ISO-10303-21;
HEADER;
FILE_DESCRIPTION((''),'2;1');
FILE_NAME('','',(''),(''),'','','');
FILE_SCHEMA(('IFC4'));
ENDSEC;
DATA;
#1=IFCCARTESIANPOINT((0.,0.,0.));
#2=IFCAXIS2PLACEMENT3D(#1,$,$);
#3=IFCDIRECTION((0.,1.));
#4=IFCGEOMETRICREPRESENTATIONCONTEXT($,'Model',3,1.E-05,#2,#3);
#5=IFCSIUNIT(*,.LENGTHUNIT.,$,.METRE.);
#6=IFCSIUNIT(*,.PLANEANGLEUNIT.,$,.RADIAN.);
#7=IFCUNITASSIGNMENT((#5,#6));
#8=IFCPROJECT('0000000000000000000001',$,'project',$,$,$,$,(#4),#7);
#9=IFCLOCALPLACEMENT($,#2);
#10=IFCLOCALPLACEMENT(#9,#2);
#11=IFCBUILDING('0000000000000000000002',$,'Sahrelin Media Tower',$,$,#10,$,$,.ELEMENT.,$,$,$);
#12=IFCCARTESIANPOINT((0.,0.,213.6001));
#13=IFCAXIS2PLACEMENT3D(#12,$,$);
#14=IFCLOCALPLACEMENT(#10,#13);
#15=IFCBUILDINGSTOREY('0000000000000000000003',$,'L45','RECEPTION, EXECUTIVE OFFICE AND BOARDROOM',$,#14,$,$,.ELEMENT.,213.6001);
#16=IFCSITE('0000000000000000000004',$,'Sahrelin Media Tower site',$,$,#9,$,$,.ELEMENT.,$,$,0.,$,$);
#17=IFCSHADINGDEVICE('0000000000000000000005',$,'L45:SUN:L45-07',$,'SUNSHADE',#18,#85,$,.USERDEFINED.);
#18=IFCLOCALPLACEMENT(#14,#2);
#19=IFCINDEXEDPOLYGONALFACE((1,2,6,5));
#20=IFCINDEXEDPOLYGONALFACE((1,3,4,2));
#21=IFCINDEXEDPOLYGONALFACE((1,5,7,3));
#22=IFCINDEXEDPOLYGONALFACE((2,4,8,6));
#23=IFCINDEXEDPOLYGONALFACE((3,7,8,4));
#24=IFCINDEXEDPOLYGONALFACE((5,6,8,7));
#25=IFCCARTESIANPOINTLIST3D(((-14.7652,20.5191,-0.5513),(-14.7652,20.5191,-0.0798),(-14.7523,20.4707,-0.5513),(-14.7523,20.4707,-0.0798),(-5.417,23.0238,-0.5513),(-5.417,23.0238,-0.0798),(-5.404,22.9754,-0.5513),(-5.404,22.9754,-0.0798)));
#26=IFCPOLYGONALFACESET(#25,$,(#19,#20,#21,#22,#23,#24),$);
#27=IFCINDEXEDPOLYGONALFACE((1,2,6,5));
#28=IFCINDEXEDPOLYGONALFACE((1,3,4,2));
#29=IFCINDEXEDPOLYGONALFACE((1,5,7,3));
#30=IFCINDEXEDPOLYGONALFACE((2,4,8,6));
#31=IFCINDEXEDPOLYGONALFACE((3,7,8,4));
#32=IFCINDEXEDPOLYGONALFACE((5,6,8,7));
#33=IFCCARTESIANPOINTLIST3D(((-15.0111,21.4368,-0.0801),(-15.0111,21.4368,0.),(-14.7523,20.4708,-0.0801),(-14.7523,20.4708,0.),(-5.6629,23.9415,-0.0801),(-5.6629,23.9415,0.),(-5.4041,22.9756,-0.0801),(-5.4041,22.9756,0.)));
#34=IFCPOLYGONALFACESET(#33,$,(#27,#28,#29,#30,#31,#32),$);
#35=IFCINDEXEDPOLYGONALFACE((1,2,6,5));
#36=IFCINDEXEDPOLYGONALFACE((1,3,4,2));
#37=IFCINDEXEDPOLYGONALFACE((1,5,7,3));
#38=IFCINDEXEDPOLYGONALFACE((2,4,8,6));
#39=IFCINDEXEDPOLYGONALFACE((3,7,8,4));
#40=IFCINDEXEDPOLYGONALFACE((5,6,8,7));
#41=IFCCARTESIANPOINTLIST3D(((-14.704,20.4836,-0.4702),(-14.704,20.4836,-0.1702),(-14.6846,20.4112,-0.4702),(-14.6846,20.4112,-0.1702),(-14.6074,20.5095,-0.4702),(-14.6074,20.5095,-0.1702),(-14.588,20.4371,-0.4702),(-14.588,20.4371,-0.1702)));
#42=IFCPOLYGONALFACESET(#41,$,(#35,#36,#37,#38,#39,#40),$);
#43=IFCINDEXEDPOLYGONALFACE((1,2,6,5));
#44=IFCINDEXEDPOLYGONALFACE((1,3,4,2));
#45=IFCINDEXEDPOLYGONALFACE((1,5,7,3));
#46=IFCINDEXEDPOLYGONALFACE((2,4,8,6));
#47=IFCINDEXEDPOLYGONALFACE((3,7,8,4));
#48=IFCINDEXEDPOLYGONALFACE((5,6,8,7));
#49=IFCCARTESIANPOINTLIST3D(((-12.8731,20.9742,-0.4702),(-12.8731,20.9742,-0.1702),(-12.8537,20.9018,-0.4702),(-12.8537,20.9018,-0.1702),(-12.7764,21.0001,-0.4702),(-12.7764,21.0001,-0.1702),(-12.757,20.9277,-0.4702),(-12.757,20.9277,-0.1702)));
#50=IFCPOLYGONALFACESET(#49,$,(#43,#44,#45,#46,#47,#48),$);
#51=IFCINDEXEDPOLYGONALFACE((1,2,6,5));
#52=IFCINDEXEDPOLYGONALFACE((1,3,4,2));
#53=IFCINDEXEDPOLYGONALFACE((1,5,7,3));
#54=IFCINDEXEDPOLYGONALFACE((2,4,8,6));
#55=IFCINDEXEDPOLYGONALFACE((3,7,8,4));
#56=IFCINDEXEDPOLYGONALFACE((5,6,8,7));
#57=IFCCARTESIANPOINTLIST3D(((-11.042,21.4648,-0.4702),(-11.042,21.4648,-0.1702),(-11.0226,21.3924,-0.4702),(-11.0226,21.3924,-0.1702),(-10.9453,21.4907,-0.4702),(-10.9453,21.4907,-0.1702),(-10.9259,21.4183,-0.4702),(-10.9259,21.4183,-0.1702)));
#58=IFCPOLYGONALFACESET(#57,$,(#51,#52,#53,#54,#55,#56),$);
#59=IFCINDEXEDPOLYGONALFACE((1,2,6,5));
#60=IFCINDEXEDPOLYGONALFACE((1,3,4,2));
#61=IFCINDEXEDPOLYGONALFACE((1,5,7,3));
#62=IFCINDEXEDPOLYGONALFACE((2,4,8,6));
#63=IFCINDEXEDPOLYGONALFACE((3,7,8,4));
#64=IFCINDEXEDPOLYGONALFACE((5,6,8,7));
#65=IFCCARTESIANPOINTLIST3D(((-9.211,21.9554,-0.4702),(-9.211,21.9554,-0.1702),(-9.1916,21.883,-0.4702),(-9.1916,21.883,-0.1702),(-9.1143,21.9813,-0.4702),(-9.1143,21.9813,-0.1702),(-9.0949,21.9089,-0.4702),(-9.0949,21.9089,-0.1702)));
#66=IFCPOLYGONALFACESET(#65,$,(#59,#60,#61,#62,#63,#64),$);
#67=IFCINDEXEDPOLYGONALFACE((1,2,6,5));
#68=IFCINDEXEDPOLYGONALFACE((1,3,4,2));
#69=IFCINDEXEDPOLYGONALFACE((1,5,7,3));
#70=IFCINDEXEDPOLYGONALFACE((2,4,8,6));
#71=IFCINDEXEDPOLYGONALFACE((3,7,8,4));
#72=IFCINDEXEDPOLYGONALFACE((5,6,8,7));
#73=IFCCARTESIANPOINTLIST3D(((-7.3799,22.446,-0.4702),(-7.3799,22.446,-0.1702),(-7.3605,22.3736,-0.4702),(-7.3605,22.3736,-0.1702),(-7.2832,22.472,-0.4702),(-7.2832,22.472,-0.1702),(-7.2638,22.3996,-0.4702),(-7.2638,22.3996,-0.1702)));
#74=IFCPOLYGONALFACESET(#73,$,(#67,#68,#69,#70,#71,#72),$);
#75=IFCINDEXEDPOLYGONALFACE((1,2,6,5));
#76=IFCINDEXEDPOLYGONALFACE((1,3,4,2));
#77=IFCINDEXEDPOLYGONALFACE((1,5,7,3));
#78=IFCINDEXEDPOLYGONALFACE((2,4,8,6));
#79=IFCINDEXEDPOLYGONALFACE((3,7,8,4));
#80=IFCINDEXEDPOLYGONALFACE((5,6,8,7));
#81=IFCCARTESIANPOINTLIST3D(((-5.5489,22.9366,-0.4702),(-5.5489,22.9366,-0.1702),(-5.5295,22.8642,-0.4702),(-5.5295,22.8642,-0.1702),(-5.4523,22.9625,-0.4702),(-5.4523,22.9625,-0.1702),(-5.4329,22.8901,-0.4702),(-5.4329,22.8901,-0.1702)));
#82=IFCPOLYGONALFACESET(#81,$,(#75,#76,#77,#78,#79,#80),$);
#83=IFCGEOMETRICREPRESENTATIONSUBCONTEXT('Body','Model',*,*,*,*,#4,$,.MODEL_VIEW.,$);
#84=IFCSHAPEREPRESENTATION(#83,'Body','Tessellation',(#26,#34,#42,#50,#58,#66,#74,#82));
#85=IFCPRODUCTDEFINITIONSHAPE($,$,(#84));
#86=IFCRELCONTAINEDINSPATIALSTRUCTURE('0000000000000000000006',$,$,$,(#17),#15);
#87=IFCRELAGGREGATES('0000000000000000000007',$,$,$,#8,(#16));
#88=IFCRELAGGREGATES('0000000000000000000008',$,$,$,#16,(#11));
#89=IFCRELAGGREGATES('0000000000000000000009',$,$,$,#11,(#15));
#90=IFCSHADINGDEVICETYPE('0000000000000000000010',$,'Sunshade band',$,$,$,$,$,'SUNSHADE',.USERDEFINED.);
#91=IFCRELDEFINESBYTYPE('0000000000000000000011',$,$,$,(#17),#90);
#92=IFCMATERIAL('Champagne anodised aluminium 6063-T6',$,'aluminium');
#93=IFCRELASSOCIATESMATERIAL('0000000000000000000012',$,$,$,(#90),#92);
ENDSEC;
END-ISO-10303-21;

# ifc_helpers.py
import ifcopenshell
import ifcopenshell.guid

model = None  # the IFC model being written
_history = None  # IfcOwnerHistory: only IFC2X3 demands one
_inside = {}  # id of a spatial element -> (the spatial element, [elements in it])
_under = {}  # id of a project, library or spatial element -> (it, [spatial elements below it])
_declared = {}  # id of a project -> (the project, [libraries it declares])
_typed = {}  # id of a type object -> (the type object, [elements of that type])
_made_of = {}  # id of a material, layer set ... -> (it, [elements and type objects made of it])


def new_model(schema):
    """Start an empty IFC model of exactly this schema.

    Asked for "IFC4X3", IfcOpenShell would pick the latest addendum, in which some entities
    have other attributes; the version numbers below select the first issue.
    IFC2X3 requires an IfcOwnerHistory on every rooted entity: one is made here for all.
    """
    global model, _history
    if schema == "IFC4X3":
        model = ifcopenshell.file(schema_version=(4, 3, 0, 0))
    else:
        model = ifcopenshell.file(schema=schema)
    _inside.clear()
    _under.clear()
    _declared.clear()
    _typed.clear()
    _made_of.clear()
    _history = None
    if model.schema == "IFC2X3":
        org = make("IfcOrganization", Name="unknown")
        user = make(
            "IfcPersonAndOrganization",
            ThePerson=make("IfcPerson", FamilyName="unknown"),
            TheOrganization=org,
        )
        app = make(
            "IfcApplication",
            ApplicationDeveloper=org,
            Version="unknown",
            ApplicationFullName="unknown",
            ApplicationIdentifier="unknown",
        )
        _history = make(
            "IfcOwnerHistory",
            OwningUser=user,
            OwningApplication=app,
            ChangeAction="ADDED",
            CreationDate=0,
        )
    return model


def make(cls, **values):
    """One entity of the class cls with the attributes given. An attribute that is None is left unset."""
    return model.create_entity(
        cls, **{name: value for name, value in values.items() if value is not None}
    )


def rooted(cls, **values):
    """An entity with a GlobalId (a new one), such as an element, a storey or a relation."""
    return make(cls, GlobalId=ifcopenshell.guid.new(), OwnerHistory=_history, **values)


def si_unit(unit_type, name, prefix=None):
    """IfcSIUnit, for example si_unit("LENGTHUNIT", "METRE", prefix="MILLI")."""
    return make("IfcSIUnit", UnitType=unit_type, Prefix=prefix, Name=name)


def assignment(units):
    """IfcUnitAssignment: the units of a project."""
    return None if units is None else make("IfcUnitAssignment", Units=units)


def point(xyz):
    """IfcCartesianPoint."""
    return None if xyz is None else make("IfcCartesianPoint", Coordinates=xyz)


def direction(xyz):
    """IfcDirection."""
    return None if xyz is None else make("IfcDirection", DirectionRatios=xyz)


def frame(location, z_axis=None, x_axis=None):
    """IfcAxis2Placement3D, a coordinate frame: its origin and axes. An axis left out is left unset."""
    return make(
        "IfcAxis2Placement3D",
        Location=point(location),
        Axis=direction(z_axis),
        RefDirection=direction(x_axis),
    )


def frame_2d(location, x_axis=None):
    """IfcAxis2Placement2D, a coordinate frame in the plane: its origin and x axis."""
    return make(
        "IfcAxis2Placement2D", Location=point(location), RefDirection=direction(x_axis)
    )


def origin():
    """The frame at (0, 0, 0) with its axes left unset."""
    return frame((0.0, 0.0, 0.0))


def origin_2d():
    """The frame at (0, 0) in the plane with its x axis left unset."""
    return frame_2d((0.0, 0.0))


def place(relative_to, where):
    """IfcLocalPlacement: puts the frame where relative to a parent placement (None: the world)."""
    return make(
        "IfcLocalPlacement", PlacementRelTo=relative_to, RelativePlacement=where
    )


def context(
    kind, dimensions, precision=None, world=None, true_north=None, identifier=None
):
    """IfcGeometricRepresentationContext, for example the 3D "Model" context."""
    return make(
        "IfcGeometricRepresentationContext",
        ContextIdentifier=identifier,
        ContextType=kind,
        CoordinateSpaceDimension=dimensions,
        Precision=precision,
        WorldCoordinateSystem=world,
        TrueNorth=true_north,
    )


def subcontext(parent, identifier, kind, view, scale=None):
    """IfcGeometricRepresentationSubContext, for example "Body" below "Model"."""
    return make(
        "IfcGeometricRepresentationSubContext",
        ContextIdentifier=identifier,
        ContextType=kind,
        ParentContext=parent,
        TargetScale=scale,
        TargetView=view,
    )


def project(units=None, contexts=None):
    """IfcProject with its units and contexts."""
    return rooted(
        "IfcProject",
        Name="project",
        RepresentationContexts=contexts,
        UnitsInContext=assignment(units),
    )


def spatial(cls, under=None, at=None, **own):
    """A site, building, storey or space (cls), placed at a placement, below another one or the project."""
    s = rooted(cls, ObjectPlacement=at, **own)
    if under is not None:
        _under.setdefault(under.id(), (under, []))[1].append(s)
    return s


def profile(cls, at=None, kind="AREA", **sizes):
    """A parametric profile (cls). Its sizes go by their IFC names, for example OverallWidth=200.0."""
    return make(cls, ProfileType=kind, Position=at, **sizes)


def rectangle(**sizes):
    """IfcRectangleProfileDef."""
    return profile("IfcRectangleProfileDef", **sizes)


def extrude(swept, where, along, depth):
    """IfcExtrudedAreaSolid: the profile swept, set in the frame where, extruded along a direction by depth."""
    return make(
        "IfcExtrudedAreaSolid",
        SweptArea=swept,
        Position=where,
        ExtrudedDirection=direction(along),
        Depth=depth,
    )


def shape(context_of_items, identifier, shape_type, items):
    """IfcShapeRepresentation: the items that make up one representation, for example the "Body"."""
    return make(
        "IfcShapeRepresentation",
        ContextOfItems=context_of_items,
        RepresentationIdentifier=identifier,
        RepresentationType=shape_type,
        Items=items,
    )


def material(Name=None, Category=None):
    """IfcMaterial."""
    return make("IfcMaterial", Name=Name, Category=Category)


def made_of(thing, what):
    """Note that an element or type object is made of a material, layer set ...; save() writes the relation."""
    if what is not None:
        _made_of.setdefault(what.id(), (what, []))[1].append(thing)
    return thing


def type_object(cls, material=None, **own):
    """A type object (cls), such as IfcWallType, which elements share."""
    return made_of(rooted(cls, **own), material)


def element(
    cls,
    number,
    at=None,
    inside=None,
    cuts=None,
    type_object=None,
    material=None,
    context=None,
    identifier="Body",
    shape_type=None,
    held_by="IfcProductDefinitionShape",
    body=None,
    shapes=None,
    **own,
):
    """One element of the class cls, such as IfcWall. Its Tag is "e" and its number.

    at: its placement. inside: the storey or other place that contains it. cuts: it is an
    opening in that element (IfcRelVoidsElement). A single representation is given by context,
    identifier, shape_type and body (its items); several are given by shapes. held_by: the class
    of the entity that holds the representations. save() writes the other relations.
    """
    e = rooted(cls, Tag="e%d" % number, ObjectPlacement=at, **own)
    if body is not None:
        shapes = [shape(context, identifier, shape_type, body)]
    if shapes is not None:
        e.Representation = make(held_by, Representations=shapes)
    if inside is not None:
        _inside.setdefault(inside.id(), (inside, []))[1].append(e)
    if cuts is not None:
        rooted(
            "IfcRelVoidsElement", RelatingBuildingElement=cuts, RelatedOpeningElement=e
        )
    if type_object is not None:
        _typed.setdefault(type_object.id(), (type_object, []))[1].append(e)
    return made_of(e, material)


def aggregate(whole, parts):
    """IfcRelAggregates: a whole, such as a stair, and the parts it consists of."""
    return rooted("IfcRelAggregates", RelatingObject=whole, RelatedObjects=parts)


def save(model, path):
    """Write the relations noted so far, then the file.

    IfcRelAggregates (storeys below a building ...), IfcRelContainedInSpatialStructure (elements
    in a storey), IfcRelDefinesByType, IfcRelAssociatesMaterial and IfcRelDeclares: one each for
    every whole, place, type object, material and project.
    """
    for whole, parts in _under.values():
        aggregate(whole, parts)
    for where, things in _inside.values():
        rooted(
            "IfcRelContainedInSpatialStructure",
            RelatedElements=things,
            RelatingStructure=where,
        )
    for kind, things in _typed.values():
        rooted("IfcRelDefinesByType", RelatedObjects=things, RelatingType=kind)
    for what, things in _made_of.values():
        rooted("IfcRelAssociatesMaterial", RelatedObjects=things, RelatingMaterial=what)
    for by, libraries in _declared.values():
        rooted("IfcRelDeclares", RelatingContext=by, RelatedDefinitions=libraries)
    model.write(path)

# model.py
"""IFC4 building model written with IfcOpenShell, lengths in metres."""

from ifc_helpers import new_model, si_unit, direction, frame, origin, origin_2d, place, context, subcontext, project, spatial, rectangle, extrude, material, type_object, element, save


model = new_model("IFC4")

# Units and contexts
model_context = context("Model", 3, precision=1e-05, world=origin(), true_north=direction((0.0, 1.0)))
body_context = subcontext(model_context, "Body", "Model", "MODEL_VIEW")
ifc_project = project(units=[si_unit("LENGTHUNIT", "METRE"), si_unit("PLANEANGLEUNIT", "RADIAN")], contexts=[model_context])

# Site, building, storey
site_placement = place(None, origin())
site = spatial("IfcSite", under=ifc_project, at=site_placement, Name="Sahrelin Media Tower site", CompositionType="ELEMENT", RefElevation=0.0)
building_placement = place(site_placement, origin())
building = spatial("IfcBuilding", under=site, at=building_placement, Name="Sahrelin Media Tower", CompositionType="ELEMENT")
storey_placement = place(building_placement, frame((0.0, 0.0, 213.6001)))
storey = spatial("IfcBuildingStorey", under=building, at=storey_placement, Name="L45", Description="RECEPTION, EXECUTIVE OFFICE AND BOARDROOM", CompositionType="ELEMENT", Elevation=213.6001)

# Shared definitions
ifc_material_1 = material(Name="Champagne anodised aluminium 6063-T6", Category="aluminium")

# Shading device
placement = place(storey_placement, frame((-10.073, 21.7039, 0.0), z_axis=(0.0, 0.0, 1.0), x_axis=(0.965929, 0.258808, 0.0)))
shading_device_type_1 = type_object("IfcShadingDeviceType", Name="Sunshade band", ElementType="SUNSHADE", PredefinedType="USERDEFINED", material=ifc_material_1)
element("IfcShadingDevice", 1, at=placement, inside=storey, type_object=shading_device_type_1, Name="L45:SUN:L45-07", ObjectType="SUNSHADE", PredefinedType="USERDEFINED", context=body_context, shape_type="SweptSolid", body=[
    extrude(rectangle(XDim=9.678, YDim=0.05, at=origin_2d()), frame((0.0, 0.0449, -0.5513)), (0.0, 0.0, 1.0), 0.4714),
    extrude(rectangle(XDim=9.678, YDim=1.0, at=origin_2d()), frame((0.0, 0.52, -0.0801)), (0.0, 0.0, 1.0), 0.0801),
    extrude(rectangle(XDim=0.1001, YDim=0.075, at=origin_2d()), frame((-4.739, -0.0176, -0.4702)), (0.0, 0.0, 1.0), 0.3),
    extrude(rectangle(XDim=0.1001, YDim=0.075, at=origin_2d()), frame((-2.8435, -0.0176, -0.4702)), (0.0, 0.0, 1.0), 0.3),
    extrude(rectangle(XDim=0.1001, YDim=0.075, at=origin_2d()), frame((-0.9478, -0.0176, -0.4702)), (0.0, 0.0, 1.0), 0.3),
    extrude(rectangle(XDim=0.1001, YDim=0.075, at=origin_2d()), frame((0.9478, -0.0176, -0.4702)), (0.0, 0.0, 1.0), 0.3),
    extrude(rectangle(XDim=0.1001, YDim=0.075, at=origin_2d()), frame((2.8435, -0.0176, -0.4702)), (0.0, 0.0, 1.0), 0.3),
    extrude(rectangle(XDim=0.1001, YDim=0.075, at=origin_2d()), frame((4.739, -0.0176, -0.4702)), (0.0, 0.0, 1.0), 0.3),
])

save(model, "model.ifc")
